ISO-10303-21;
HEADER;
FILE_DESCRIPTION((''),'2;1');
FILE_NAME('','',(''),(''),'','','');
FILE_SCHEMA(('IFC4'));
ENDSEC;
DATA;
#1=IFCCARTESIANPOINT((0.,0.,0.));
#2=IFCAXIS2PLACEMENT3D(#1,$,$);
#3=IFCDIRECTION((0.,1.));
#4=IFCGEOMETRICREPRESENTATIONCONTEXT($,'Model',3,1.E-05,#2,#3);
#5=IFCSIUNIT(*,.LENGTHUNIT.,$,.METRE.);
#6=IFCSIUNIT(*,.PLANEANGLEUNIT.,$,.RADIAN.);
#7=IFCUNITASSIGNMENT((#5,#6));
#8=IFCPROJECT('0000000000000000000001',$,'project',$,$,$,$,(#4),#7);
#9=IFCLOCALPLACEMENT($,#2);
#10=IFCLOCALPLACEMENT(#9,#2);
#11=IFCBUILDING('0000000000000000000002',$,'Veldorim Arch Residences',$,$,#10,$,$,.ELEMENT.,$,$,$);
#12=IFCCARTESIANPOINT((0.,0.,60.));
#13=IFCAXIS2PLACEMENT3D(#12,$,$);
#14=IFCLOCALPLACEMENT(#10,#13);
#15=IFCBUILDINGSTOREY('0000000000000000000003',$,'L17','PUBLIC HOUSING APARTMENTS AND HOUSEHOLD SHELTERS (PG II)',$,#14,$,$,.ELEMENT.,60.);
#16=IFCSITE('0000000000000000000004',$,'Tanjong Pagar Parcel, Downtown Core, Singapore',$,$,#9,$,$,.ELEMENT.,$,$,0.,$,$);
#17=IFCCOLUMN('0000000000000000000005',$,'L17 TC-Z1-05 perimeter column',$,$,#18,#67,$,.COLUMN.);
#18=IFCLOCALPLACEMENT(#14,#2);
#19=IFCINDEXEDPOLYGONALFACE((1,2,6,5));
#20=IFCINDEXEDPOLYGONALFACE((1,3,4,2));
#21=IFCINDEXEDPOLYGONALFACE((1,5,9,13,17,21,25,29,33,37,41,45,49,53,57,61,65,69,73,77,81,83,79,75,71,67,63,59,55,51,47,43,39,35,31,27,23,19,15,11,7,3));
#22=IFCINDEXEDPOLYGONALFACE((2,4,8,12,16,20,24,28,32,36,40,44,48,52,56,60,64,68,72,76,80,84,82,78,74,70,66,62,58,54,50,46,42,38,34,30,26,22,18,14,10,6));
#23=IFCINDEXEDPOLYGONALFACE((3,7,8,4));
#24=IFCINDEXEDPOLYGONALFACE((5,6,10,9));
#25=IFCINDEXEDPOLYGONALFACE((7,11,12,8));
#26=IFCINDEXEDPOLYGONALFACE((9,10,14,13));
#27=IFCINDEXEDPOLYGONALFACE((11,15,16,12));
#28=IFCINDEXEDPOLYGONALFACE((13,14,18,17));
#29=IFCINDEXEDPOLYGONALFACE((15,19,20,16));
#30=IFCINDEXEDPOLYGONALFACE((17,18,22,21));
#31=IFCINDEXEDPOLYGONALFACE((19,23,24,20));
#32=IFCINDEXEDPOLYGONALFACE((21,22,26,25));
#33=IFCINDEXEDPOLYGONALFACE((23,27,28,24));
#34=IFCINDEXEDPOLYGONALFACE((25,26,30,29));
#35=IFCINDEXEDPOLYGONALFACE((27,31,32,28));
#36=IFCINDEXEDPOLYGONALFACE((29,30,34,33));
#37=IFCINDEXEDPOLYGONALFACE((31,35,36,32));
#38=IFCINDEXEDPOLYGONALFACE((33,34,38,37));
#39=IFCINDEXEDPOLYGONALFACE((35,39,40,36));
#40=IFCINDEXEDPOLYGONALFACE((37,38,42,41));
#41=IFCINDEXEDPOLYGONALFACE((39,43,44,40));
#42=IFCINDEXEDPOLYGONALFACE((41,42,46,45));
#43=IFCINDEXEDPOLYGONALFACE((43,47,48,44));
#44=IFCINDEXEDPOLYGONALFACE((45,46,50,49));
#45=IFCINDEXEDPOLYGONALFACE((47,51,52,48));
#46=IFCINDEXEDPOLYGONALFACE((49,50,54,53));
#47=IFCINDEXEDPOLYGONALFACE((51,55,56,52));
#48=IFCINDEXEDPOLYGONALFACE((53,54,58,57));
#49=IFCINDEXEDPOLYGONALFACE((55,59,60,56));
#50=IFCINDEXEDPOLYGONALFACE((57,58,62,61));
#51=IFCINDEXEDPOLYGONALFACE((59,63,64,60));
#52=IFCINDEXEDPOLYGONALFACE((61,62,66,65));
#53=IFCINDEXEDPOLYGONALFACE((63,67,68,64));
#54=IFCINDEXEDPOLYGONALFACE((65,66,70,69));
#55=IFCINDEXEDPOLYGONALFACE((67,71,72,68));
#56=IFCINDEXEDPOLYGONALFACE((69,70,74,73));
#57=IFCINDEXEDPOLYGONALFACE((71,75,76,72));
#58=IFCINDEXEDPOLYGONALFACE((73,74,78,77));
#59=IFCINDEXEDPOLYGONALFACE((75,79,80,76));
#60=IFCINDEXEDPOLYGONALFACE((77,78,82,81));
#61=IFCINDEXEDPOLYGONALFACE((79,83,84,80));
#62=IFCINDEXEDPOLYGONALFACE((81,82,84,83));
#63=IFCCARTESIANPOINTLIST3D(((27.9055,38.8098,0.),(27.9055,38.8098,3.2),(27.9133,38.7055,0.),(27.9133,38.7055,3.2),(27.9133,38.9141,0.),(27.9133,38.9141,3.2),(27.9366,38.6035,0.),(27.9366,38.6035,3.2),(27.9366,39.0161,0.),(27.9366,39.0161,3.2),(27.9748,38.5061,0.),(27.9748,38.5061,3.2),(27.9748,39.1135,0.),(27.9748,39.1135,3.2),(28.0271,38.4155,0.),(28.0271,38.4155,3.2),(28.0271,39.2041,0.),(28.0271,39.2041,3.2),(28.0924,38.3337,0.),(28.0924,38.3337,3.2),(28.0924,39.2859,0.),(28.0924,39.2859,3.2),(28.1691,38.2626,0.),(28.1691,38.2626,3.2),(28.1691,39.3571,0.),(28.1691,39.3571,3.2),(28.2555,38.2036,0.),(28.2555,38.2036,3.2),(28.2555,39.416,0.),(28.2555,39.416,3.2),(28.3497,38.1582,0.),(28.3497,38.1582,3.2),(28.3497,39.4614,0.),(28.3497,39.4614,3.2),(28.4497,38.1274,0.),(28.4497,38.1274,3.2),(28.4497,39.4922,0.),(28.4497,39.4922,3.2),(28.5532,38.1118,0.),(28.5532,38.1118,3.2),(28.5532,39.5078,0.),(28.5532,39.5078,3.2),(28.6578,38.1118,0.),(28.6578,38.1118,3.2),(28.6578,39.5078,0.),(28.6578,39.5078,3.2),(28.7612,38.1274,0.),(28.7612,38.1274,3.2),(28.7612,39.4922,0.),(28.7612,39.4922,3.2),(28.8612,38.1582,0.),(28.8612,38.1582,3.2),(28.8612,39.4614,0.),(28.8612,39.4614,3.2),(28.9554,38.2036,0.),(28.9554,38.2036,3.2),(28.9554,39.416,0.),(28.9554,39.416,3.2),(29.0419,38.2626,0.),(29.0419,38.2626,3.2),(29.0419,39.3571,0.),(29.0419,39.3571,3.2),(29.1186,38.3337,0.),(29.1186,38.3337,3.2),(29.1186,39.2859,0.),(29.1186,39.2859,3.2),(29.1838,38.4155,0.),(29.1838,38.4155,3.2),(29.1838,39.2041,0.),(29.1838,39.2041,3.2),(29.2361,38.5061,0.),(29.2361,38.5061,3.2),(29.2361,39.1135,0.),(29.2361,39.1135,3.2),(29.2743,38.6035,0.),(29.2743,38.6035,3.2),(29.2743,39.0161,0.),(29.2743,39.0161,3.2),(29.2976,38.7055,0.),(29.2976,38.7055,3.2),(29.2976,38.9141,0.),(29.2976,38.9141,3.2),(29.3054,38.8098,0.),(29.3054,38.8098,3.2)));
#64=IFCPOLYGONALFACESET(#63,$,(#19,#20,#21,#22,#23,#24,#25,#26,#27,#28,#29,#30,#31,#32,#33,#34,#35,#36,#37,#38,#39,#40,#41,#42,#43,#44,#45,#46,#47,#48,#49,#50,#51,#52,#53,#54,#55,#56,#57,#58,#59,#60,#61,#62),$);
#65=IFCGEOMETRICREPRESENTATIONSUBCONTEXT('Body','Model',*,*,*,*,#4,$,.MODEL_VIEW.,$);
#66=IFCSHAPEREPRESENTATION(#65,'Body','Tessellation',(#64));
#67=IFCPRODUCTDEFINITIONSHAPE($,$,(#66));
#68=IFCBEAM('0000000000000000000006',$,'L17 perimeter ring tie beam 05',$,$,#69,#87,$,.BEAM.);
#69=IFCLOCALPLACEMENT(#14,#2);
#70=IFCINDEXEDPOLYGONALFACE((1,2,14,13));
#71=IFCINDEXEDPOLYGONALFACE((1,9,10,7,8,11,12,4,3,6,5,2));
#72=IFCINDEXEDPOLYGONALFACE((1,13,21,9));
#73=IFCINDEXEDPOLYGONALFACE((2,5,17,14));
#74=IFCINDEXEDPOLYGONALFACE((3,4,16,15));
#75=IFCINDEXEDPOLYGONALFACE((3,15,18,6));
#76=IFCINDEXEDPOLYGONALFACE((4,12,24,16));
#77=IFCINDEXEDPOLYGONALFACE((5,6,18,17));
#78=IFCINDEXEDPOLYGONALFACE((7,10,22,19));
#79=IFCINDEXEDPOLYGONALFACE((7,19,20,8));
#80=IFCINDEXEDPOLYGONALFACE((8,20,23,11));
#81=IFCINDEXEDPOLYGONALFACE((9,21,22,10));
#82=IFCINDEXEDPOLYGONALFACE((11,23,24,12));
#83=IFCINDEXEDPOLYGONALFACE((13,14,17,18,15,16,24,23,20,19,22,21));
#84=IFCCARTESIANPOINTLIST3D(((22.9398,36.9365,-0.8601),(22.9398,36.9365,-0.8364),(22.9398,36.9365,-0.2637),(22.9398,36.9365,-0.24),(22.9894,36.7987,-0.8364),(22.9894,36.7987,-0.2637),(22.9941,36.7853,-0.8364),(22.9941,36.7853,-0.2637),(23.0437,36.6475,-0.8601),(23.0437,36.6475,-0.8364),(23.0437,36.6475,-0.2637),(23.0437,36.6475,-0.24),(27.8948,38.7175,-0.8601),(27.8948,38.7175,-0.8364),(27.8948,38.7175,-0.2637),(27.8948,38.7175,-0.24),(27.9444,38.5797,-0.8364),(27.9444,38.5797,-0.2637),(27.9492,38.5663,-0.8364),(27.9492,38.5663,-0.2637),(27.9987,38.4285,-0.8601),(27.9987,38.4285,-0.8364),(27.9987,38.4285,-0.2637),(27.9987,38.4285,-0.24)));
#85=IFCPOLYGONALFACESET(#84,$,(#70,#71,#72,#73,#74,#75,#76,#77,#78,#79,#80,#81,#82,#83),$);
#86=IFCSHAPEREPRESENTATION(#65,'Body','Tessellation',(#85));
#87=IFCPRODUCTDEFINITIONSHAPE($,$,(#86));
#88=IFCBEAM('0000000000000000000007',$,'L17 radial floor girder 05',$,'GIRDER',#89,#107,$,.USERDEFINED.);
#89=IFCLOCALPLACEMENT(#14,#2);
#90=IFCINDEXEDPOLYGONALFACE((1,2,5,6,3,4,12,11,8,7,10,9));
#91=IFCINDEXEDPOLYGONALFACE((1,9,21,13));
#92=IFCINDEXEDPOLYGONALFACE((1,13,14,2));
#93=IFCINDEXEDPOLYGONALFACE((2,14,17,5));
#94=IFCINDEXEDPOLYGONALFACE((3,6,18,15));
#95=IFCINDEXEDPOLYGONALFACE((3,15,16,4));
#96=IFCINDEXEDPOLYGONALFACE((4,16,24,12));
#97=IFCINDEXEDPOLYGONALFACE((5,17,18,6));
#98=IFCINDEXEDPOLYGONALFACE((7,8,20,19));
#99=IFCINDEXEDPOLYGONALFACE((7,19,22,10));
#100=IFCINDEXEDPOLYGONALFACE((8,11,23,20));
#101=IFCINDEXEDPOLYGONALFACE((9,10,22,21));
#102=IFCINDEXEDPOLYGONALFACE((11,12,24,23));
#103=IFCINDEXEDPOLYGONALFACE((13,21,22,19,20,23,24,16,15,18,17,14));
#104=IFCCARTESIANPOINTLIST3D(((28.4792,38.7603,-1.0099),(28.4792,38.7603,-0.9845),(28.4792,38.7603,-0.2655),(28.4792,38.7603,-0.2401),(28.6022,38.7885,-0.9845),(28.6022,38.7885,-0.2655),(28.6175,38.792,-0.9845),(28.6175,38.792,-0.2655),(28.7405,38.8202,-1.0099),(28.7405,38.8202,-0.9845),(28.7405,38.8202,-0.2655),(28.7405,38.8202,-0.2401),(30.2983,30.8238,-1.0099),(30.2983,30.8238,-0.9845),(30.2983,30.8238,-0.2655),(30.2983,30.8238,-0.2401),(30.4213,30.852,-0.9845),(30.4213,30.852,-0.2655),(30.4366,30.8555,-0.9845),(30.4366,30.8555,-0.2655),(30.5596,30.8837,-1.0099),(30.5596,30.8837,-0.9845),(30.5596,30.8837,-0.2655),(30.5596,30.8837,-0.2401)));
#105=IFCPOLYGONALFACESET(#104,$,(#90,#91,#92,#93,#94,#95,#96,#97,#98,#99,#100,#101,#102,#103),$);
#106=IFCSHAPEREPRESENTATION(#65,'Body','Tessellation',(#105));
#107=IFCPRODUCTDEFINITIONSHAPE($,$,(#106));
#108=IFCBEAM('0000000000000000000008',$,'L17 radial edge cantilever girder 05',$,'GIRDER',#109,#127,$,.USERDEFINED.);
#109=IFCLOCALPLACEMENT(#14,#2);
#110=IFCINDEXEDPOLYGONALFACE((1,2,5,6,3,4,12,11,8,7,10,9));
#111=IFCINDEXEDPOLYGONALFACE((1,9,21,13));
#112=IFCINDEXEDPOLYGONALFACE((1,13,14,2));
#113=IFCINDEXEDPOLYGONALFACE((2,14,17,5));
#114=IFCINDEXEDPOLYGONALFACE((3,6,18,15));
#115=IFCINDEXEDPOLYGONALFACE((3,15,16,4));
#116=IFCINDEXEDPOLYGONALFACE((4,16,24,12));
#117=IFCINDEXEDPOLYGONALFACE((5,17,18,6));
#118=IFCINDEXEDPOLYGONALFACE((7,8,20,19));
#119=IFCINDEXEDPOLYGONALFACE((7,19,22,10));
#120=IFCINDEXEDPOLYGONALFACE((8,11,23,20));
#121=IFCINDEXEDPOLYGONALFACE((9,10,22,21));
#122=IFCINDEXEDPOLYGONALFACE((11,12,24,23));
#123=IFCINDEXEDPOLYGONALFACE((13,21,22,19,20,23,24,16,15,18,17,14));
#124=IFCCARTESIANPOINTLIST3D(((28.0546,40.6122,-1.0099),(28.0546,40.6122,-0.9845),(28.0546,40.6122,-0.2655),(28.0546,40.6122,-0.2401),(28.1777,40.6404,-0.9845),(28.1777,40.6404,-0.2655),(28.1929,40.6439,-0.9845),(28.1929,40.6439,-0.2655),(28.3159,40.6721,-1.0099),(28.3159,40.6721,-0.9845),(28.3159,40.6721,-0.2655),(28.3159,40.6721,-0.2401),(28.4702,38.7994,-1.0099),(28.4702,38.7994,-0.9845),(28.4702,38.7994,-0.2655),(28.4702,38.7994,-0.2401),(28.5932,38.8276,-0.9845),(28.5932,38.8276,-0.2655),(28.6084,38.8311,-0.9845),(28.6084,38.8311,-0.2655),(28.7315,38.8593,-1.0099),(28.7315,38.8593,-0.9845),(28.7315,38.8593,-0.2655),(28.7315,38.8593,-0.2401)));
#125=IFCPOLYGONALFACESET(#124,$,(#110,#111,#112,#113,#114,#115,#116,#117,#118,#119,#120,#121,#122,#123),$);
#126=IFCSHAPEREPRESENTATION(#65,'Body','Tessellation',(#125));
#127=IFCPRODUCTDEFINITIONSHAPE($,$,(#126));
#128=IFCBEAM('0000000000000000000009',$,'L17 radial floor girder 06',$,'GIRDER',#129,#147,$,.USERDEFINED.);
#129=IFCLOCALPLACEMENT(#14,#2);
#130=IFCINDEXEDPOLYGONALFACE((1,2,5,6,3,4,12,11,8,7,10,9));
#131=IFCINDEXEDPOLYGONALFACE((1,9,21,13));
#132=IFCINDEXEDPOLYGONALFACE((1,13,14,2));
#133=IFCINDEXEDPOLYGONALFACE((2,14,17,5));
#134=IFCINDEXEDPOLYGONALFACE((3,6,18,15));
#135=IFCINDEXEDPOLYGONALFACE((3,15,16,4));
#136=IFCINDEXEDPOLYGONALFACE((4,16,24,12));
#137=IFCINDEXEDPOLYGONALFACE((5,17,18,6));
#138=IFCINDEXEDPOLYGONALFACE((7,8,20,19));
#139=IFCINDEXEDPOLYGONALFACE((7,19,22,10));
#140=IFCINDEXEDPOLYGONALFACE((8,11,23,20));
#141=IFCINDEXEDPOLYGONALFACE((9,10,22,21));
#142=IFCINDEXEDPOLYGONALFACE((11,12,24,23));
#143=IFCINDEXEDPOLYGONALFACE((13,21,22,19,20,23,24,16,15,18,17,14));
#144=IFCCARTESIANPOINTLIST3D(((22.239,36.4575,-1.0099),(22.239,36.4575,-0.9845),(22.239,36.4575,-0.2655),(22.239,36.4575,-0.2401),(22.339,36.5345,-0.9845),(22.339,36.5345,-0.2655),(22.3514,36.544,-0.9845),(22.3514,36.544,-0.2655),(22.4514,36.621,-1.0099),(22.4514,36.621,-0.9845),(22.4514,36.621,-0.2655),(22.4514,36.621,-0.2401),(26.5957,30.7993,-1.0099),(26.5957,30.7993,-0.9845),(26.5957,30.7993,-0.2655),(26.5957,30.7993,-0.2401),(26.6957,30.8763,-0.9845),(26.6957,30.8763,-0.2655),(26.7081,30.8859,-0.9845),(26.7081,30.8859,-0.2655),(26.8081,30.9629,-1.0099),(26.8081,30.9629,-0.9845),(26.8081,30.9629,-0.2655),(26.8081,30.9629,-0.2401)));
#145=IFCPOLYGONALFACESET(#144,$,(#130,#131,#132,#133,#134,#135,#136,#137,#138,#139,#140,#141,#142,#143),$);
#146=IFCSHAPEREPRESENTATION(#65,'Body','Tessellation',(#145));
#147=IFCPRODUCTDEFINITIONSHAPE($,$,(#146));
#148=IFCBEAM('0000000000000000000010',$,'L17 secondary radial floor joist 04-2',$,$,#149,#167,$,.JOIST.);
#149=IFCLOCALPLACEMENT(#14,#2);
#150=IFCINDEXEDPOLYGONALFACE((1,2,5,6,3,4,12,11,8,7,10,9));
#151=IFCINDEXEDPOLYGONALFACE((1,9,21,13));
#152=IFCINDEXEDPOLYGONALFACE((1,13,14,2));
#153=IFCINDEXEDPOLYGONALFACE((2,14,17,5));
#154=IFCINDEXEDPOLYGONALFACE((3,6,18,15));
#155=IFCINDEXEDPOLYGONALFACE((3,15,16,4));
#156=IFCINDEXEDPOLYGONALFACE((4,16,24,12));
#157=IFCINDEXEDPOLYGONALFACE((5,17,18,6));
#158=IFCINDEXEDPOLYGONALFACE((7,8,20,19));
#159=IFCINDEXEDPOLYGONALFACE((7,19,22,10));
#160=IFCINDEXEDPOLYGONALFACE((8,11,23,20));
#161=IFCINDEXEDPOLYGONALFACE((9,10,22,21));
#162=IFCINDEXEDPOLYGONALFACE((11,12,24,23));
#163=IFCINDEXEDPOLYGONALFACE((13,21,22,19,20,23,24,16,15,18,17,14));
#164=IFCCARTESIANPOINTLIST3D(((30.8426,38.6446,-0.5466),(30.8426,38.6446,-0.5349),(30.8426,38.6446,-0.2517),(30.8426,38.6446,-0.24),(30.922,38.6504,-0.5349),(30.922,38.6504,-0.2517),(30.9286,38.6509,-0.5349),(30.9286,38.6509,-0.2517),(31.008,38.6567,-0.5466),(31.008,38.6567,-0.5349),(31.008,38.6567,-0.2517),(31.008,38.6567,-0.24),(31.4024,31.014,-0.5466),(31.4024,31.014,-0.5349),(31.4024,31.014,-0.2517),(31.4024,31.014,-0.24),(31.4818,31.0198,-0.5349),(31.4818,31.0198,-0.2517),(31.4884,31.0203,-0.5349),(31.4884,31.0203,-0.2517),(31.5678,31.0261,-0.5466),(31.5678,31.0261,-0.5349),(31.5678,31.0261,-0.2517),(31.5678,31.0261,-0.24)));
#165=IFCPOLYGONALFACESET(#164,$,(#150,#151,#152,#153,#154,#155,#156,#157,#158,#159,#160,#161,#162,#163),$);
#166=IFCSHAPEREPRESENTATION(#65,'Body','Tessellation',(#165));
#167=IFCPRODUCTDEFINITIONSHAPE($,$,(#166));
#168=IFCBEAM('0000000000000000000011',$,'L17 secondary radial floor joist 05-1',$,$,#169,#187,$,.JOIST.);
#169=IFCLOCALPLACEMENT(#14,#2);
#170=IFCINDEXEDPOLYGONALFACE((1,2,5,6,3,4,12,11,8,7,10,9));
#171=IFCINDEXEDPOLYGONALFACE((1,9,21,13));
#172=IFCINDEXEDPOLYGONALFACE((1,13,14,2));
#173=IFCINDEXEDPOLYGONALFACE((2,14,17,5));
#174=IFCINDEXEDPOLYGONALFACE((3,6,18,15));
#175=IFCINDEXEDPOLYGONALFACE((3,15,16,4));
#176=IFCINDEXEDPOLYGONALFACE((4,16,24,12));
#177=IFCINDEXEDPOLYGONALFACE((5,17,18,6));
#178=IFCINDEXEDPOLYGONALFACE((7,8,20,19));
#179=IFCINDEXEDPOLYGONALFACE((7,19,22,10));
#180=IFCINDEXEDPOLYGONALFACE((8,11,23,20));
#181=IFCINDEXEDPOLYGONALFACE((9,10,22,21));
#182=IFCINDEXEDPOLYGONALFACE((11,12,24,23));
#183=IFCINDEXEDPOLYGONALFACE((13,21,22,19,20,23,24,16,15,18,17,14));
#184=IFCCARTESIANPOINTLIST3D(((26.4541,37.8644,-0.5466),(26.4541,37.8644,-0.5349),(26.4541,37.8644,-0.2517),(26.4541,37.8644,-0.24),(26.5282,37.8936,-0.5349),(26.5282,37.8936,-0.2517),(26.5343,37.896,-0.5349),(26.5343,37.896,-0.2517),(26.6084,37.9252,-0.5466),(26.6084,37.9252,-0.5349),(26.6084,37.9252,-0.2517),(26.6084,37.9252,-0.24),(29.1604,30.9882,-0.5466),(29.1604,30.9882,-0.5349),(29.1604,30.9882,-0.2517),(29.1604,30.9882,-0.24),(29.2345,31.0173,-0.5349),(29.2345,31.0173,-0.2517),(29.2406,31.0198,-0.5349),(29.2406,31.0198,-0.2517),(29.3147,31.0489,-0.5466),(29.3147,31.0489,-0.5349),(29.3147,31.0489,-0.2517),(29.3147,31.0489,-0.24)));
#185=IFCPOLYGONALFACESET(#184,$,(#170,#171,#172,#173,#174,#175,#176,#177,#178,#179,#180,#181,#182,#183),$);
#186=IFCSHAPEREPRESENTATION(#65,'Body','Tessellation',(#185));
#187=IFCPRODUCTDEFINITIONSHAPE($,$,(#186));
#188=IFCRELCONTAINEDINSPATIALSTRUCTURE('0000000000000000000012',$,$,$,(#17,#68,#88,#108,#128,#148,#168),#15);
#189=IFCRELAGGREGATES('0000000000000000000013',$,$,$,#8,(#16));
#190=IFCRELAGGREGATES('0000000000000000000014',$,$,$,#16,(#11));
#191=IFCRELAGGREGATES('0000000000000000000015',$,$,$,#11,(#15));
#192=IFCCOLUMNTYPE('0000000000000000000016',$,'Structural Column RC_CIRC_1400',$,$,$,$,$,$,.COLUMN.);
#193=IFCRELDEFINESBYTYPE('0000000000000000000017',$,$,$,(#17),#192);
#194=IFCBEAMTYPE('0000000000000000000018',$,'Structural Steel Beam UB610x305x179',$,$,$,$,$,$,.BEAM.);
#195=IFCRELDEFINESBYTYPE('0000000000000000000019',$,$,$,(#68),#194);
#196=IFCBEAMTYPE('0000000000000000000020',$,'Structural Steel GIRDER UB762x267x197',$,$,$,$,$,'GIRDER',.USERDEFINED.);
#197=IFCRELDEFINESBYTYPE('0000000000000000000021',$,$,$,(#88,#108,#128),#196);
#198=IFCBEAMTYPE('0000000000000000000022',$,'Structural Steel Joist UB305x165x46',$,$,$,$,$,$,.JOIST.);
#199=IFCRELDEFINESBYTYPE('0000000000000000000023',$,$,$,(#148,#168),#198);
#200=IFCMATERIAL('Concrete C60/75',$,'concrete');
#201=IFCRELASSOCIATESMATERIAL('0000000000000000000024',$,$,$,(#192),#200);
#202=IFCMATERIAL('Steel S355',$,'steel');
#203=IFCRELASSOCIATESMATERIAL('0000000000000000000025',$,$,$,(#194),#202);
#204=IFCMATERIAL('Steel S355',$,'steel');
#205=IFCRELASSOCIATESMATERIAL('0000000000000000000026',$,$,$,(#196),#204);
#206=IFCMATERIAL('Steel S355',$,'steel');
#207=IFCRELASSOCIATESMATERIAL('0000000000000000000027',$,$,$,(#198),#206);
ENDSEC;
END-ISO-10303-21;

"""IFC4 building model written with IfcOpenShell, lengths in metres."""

from ifc_helpers import new_model, si_unit, direction, frame, origin, origin_2d, place, context, subcontext, project, spatial, circle, i_section, extrude, material, material_profile, profile_set, type_object, element, save


model = new_model("IFC4")

# Units and contexts
model_context = context("Model", 3, precision=1e-05, world=origin(), true_north=direction((0.0, 1.0)))
body_context = subcontext(model_context, "Body", "Model", "MODEL_VIEW")
ifc_project = project(units=[si_unit("LENGTHUNIT", "METRE"), si_unit("PLANEANGLEUNIT", "RADIAN")], contexts=[model_context])

# Site, building, storey
site_placement = place(None, origin())
site = spatial("IfcSite", under=ifc_project, at=site_placement, Name="Tanjong Pagar Parcel, Downtown Core, Singapore", CompositionType="ELEMENT", RefElevation=0.0)
building_placement = place(site_placement, origin())
building = spatial("IfcBuilding", under=site, at=building_placement, Name="Veldorim Arch Residences", CompositionType="ELEMENT")
storey_placement = place(building_placement, frame((0.0, 0.0, 60.0)))
storey = spatial("IfcBuildingStorey", under=building, at=storey_placement, Name="L17", Description="PUBLIC HOUSING APARTMENTS AND HOUSEHOLD SHELTERS (PG II)", CompositionType="ELEMENT", Elevation=60.0)

# Column
ifc_material_1 = material(Name="Concrete C60/75", Category="concrete")
ifc_material_profile_1 = material_profile(ifc_material_1, circle(Radius=0.7, at=origin_2d()), Name="RC_CIRC_1400")
ifc_profile_set_1 = profile_set([ifc_material_profile_1], Name="Concrete C60/75")
column_type = type_object("IfcColumnType", Name="Structural Column RC_CIRC_1400", PredefinedType="COLUMN", material=ifc_profile_set_1)
column_placement = place(storey_placement, frame((28.6055, 38.8098, 0.0), z_axis=(0.0, 0.0, 1.0), x_axis=(1.0, 0.0, 0.0)))
element("IfcColumn", 1, at=column_placement, inside=storey, type_object=column_type, Name="L17 TC-Z1-05 perimeter column", PredefinedType="COLUMN", context=body_context, shape_type="SweptSolid", body=[
    extrude(circle(Radius=0.7, at=origin_2d()), origin(), (0.0, 0.0, 1.0), 3.2),
])

# Beams
ifc_material_2 = material(Name="Steel S355", Category="steel")
ifc_material_profile_2 = material_profile(ifc_material_2, i_section(OverallWidth=0.3071, OverallDepth=0.6201, WebThickness=0.0142, FlangeThickness=0.0237, at=origin_2d()), Name="UB610x305x179")
ifc_profile_set_2 = profile_set([ifc_material_profile_2], Name="Steel S355")
beam_type_1 = type_object("IfcBeamType", Name="Structural Steel Beam UB610x305x179", PredefinedType="BEAM", material=ifc_profile_set_2)
beam_1_placement = place(storey_placement, frame((27.9468, 38.573, -0.55), z_axis=(-0.941058, -0.338245, 0.0), x_axis=(0.338245, -0.941058, 0.0)))
element("IfcBeam", 2, at=beam_1_placement, inside=storey, type_object=beam_type_1, Name="L17 perimeter ring tie beam 05", PredefinedType="BEAM", context=body_context, shape_type="SweptSolid", body=[
    extrude(i_section(OverallWidth=0.3071, OverallDepth=0.6201, WebThickness=0.0142, FlangeThickness=0.0237, at=origin_2d()), origin(), (0.0, 0.0, 1.0), 5.2654),
])
ifc_material_3 = material(Name="Steel S355", Category="steel")
ifc_material_profile_3 = material_profile(ifc_material_3, i_section(OverallWidth=0.2681, OverallDepth=0.7698, WebThickness=0.0156, FlangeThickness=0.0254, at=origin_2d()), Name="UB762x267x197")
ifc_profile_set_3 = profile_set([ifc_material_profile_3], Name="Steel S355")
beam_type_2 = type_object("IfcBeamType", Name="Structural Steel GIRDER UB762x267x197", ElementType="GIRDER", PredefinedType="USERDEFINED", material=ifc_profile_set_3)
beam_2_placement = place(storey_placement, frame((30.429, 30.8538, -0.625), z_axis=(-0.223412, 0.974724, 0.0), x_axis=(-0.974724, -0.223412, 0.0)))
element("IfcBeam", 3, at=beam_2_placement, inside=storey, type_object=beam_type_2, Name="L17 radial floor girder 05", ObjectType="GIRDER", PredefinedType="USERDEFINED", context=body_context, shape_type="SweptSolid", body=[
    extrude(i_section(OverallWidth=0.2681, OverallDepth=0.7698, WebThickness=0.0156, FlangeThickness=0.0254, at=origin_2d()), origin(), (0.0, 0.0, 1.0), 8.1423),
])
beam_3_placement = place(storey_placement, frame((28.6008, 38.8293, -0.625), z_axis=(-0.223431, 0.97472, 0.0), x_axis=(-0.97472, -0.223431, 0.0)))
element("IfcBeam", 4, at=beam_3_placement, inside=storey, type_object=beam_type_2, Name="L17 radial edge cantilever girder 05", ObjectType="GIRDER", PredefinedType="USERDEFINED", context=body_context, shape_type="SweptSolid", body=[
    extrude(i_section(OverallWidth=0.2681, OverallDepth=0.7698, WebThickness=0.0156, FlangeThickness=0.0254, at=origin_2d()), origin(), (0.0, 0.0, 1.0), 1.8599),
])
beam_4_placement = place(storey_placement, frame((26.7019, 30.8811, -0.625), z_axis=(-0.610082, 0.792338, 0.0), x_axis=(-0.792338, -0.610082, 0.0)))
element("IfcBeam", 5, at=beam_4_placement, inside=storey, type_object=beam_type_2, Name="L17 radial floor girder 06", ObjectType="GIRDER", PredefinedType="USERDEFINED", context=body_context, shape_type="SweptSolid", body=[
    extrude(i_section(OverallWidth=0.2681, OverallDepth=0.7698, WebThickness=0.0156, FlangeThickness=0.0254, at=origin_2d()), origin(), (0.0, 0.0, 1.0), 7.1411),
])
ifc_material_4 = material(Name="Steel S355", Category="steel")
ifc_material_profile_4 = material_profile(ifc_material_4, i_section(OverallWidth=0.1658, OverallDepth=0.3066, WebThickness=0.0066, FlangeThickness=0.0117, at=origin_2d()), Name="UB305x165x46")
ifc_profile_set_4 = profile_set([ifc_material_profile_4], Name="Steel S355")
beam_type_3 = type_object("IfcBeamType", Name="Structural Steel Joist UB305x165x46", PredefinedType="JOIST", material=ifc_profile_set_4)
beam_5_placement = place(storey_placement, frame((31.4851, 31.02, -0.3933), z_axis=(-0.073168, 0.99732, 0.0), x_axis=(-0.99732, -0.073168, 0.0)))
element("IfcBeam", 6, at=beam_5_placement, inside=storey, type_object=beam_type_3, Name="L17 secondary radial floor joist 04-2", PredefinedType="JOIST", context=body_context, shape_type="SweptSolid", body=[
    extrude(i_section(OverallWidth=0.1658, OverallDepth=0.3066, WebThickness=0.0066, FlangeThickness=0.0117, at=origin_2d()), origin(), (0.0, 0.0, 1.0), 7.6511),
])
beam_6_placement = place(storey_placement, frame((29.2375, 31.0186, -0.3933), z_axis=(-0.36623, 0.930524, 0.0), x_axis=(-0.930524, -0.36623, 0.0)))
element("IfcBeam", 7, at=beam_6_placement, inside=storey, type_object=beam_type_3, Name="L17 secondary radial floor joist 05-1", PredefinedType="JOIST", context=body_context, shape_type="SweptSolid", body=[
    extrude(i_section(OverallWidth=0.1658, OverallDepth=0.3066, WebThickness=0.0066, FlangeThickness=0.0117, at=origin_2d()), origin(), (0.0, 0.0, 1.0), 7.3896),
])

save(model, "model.ifc")
